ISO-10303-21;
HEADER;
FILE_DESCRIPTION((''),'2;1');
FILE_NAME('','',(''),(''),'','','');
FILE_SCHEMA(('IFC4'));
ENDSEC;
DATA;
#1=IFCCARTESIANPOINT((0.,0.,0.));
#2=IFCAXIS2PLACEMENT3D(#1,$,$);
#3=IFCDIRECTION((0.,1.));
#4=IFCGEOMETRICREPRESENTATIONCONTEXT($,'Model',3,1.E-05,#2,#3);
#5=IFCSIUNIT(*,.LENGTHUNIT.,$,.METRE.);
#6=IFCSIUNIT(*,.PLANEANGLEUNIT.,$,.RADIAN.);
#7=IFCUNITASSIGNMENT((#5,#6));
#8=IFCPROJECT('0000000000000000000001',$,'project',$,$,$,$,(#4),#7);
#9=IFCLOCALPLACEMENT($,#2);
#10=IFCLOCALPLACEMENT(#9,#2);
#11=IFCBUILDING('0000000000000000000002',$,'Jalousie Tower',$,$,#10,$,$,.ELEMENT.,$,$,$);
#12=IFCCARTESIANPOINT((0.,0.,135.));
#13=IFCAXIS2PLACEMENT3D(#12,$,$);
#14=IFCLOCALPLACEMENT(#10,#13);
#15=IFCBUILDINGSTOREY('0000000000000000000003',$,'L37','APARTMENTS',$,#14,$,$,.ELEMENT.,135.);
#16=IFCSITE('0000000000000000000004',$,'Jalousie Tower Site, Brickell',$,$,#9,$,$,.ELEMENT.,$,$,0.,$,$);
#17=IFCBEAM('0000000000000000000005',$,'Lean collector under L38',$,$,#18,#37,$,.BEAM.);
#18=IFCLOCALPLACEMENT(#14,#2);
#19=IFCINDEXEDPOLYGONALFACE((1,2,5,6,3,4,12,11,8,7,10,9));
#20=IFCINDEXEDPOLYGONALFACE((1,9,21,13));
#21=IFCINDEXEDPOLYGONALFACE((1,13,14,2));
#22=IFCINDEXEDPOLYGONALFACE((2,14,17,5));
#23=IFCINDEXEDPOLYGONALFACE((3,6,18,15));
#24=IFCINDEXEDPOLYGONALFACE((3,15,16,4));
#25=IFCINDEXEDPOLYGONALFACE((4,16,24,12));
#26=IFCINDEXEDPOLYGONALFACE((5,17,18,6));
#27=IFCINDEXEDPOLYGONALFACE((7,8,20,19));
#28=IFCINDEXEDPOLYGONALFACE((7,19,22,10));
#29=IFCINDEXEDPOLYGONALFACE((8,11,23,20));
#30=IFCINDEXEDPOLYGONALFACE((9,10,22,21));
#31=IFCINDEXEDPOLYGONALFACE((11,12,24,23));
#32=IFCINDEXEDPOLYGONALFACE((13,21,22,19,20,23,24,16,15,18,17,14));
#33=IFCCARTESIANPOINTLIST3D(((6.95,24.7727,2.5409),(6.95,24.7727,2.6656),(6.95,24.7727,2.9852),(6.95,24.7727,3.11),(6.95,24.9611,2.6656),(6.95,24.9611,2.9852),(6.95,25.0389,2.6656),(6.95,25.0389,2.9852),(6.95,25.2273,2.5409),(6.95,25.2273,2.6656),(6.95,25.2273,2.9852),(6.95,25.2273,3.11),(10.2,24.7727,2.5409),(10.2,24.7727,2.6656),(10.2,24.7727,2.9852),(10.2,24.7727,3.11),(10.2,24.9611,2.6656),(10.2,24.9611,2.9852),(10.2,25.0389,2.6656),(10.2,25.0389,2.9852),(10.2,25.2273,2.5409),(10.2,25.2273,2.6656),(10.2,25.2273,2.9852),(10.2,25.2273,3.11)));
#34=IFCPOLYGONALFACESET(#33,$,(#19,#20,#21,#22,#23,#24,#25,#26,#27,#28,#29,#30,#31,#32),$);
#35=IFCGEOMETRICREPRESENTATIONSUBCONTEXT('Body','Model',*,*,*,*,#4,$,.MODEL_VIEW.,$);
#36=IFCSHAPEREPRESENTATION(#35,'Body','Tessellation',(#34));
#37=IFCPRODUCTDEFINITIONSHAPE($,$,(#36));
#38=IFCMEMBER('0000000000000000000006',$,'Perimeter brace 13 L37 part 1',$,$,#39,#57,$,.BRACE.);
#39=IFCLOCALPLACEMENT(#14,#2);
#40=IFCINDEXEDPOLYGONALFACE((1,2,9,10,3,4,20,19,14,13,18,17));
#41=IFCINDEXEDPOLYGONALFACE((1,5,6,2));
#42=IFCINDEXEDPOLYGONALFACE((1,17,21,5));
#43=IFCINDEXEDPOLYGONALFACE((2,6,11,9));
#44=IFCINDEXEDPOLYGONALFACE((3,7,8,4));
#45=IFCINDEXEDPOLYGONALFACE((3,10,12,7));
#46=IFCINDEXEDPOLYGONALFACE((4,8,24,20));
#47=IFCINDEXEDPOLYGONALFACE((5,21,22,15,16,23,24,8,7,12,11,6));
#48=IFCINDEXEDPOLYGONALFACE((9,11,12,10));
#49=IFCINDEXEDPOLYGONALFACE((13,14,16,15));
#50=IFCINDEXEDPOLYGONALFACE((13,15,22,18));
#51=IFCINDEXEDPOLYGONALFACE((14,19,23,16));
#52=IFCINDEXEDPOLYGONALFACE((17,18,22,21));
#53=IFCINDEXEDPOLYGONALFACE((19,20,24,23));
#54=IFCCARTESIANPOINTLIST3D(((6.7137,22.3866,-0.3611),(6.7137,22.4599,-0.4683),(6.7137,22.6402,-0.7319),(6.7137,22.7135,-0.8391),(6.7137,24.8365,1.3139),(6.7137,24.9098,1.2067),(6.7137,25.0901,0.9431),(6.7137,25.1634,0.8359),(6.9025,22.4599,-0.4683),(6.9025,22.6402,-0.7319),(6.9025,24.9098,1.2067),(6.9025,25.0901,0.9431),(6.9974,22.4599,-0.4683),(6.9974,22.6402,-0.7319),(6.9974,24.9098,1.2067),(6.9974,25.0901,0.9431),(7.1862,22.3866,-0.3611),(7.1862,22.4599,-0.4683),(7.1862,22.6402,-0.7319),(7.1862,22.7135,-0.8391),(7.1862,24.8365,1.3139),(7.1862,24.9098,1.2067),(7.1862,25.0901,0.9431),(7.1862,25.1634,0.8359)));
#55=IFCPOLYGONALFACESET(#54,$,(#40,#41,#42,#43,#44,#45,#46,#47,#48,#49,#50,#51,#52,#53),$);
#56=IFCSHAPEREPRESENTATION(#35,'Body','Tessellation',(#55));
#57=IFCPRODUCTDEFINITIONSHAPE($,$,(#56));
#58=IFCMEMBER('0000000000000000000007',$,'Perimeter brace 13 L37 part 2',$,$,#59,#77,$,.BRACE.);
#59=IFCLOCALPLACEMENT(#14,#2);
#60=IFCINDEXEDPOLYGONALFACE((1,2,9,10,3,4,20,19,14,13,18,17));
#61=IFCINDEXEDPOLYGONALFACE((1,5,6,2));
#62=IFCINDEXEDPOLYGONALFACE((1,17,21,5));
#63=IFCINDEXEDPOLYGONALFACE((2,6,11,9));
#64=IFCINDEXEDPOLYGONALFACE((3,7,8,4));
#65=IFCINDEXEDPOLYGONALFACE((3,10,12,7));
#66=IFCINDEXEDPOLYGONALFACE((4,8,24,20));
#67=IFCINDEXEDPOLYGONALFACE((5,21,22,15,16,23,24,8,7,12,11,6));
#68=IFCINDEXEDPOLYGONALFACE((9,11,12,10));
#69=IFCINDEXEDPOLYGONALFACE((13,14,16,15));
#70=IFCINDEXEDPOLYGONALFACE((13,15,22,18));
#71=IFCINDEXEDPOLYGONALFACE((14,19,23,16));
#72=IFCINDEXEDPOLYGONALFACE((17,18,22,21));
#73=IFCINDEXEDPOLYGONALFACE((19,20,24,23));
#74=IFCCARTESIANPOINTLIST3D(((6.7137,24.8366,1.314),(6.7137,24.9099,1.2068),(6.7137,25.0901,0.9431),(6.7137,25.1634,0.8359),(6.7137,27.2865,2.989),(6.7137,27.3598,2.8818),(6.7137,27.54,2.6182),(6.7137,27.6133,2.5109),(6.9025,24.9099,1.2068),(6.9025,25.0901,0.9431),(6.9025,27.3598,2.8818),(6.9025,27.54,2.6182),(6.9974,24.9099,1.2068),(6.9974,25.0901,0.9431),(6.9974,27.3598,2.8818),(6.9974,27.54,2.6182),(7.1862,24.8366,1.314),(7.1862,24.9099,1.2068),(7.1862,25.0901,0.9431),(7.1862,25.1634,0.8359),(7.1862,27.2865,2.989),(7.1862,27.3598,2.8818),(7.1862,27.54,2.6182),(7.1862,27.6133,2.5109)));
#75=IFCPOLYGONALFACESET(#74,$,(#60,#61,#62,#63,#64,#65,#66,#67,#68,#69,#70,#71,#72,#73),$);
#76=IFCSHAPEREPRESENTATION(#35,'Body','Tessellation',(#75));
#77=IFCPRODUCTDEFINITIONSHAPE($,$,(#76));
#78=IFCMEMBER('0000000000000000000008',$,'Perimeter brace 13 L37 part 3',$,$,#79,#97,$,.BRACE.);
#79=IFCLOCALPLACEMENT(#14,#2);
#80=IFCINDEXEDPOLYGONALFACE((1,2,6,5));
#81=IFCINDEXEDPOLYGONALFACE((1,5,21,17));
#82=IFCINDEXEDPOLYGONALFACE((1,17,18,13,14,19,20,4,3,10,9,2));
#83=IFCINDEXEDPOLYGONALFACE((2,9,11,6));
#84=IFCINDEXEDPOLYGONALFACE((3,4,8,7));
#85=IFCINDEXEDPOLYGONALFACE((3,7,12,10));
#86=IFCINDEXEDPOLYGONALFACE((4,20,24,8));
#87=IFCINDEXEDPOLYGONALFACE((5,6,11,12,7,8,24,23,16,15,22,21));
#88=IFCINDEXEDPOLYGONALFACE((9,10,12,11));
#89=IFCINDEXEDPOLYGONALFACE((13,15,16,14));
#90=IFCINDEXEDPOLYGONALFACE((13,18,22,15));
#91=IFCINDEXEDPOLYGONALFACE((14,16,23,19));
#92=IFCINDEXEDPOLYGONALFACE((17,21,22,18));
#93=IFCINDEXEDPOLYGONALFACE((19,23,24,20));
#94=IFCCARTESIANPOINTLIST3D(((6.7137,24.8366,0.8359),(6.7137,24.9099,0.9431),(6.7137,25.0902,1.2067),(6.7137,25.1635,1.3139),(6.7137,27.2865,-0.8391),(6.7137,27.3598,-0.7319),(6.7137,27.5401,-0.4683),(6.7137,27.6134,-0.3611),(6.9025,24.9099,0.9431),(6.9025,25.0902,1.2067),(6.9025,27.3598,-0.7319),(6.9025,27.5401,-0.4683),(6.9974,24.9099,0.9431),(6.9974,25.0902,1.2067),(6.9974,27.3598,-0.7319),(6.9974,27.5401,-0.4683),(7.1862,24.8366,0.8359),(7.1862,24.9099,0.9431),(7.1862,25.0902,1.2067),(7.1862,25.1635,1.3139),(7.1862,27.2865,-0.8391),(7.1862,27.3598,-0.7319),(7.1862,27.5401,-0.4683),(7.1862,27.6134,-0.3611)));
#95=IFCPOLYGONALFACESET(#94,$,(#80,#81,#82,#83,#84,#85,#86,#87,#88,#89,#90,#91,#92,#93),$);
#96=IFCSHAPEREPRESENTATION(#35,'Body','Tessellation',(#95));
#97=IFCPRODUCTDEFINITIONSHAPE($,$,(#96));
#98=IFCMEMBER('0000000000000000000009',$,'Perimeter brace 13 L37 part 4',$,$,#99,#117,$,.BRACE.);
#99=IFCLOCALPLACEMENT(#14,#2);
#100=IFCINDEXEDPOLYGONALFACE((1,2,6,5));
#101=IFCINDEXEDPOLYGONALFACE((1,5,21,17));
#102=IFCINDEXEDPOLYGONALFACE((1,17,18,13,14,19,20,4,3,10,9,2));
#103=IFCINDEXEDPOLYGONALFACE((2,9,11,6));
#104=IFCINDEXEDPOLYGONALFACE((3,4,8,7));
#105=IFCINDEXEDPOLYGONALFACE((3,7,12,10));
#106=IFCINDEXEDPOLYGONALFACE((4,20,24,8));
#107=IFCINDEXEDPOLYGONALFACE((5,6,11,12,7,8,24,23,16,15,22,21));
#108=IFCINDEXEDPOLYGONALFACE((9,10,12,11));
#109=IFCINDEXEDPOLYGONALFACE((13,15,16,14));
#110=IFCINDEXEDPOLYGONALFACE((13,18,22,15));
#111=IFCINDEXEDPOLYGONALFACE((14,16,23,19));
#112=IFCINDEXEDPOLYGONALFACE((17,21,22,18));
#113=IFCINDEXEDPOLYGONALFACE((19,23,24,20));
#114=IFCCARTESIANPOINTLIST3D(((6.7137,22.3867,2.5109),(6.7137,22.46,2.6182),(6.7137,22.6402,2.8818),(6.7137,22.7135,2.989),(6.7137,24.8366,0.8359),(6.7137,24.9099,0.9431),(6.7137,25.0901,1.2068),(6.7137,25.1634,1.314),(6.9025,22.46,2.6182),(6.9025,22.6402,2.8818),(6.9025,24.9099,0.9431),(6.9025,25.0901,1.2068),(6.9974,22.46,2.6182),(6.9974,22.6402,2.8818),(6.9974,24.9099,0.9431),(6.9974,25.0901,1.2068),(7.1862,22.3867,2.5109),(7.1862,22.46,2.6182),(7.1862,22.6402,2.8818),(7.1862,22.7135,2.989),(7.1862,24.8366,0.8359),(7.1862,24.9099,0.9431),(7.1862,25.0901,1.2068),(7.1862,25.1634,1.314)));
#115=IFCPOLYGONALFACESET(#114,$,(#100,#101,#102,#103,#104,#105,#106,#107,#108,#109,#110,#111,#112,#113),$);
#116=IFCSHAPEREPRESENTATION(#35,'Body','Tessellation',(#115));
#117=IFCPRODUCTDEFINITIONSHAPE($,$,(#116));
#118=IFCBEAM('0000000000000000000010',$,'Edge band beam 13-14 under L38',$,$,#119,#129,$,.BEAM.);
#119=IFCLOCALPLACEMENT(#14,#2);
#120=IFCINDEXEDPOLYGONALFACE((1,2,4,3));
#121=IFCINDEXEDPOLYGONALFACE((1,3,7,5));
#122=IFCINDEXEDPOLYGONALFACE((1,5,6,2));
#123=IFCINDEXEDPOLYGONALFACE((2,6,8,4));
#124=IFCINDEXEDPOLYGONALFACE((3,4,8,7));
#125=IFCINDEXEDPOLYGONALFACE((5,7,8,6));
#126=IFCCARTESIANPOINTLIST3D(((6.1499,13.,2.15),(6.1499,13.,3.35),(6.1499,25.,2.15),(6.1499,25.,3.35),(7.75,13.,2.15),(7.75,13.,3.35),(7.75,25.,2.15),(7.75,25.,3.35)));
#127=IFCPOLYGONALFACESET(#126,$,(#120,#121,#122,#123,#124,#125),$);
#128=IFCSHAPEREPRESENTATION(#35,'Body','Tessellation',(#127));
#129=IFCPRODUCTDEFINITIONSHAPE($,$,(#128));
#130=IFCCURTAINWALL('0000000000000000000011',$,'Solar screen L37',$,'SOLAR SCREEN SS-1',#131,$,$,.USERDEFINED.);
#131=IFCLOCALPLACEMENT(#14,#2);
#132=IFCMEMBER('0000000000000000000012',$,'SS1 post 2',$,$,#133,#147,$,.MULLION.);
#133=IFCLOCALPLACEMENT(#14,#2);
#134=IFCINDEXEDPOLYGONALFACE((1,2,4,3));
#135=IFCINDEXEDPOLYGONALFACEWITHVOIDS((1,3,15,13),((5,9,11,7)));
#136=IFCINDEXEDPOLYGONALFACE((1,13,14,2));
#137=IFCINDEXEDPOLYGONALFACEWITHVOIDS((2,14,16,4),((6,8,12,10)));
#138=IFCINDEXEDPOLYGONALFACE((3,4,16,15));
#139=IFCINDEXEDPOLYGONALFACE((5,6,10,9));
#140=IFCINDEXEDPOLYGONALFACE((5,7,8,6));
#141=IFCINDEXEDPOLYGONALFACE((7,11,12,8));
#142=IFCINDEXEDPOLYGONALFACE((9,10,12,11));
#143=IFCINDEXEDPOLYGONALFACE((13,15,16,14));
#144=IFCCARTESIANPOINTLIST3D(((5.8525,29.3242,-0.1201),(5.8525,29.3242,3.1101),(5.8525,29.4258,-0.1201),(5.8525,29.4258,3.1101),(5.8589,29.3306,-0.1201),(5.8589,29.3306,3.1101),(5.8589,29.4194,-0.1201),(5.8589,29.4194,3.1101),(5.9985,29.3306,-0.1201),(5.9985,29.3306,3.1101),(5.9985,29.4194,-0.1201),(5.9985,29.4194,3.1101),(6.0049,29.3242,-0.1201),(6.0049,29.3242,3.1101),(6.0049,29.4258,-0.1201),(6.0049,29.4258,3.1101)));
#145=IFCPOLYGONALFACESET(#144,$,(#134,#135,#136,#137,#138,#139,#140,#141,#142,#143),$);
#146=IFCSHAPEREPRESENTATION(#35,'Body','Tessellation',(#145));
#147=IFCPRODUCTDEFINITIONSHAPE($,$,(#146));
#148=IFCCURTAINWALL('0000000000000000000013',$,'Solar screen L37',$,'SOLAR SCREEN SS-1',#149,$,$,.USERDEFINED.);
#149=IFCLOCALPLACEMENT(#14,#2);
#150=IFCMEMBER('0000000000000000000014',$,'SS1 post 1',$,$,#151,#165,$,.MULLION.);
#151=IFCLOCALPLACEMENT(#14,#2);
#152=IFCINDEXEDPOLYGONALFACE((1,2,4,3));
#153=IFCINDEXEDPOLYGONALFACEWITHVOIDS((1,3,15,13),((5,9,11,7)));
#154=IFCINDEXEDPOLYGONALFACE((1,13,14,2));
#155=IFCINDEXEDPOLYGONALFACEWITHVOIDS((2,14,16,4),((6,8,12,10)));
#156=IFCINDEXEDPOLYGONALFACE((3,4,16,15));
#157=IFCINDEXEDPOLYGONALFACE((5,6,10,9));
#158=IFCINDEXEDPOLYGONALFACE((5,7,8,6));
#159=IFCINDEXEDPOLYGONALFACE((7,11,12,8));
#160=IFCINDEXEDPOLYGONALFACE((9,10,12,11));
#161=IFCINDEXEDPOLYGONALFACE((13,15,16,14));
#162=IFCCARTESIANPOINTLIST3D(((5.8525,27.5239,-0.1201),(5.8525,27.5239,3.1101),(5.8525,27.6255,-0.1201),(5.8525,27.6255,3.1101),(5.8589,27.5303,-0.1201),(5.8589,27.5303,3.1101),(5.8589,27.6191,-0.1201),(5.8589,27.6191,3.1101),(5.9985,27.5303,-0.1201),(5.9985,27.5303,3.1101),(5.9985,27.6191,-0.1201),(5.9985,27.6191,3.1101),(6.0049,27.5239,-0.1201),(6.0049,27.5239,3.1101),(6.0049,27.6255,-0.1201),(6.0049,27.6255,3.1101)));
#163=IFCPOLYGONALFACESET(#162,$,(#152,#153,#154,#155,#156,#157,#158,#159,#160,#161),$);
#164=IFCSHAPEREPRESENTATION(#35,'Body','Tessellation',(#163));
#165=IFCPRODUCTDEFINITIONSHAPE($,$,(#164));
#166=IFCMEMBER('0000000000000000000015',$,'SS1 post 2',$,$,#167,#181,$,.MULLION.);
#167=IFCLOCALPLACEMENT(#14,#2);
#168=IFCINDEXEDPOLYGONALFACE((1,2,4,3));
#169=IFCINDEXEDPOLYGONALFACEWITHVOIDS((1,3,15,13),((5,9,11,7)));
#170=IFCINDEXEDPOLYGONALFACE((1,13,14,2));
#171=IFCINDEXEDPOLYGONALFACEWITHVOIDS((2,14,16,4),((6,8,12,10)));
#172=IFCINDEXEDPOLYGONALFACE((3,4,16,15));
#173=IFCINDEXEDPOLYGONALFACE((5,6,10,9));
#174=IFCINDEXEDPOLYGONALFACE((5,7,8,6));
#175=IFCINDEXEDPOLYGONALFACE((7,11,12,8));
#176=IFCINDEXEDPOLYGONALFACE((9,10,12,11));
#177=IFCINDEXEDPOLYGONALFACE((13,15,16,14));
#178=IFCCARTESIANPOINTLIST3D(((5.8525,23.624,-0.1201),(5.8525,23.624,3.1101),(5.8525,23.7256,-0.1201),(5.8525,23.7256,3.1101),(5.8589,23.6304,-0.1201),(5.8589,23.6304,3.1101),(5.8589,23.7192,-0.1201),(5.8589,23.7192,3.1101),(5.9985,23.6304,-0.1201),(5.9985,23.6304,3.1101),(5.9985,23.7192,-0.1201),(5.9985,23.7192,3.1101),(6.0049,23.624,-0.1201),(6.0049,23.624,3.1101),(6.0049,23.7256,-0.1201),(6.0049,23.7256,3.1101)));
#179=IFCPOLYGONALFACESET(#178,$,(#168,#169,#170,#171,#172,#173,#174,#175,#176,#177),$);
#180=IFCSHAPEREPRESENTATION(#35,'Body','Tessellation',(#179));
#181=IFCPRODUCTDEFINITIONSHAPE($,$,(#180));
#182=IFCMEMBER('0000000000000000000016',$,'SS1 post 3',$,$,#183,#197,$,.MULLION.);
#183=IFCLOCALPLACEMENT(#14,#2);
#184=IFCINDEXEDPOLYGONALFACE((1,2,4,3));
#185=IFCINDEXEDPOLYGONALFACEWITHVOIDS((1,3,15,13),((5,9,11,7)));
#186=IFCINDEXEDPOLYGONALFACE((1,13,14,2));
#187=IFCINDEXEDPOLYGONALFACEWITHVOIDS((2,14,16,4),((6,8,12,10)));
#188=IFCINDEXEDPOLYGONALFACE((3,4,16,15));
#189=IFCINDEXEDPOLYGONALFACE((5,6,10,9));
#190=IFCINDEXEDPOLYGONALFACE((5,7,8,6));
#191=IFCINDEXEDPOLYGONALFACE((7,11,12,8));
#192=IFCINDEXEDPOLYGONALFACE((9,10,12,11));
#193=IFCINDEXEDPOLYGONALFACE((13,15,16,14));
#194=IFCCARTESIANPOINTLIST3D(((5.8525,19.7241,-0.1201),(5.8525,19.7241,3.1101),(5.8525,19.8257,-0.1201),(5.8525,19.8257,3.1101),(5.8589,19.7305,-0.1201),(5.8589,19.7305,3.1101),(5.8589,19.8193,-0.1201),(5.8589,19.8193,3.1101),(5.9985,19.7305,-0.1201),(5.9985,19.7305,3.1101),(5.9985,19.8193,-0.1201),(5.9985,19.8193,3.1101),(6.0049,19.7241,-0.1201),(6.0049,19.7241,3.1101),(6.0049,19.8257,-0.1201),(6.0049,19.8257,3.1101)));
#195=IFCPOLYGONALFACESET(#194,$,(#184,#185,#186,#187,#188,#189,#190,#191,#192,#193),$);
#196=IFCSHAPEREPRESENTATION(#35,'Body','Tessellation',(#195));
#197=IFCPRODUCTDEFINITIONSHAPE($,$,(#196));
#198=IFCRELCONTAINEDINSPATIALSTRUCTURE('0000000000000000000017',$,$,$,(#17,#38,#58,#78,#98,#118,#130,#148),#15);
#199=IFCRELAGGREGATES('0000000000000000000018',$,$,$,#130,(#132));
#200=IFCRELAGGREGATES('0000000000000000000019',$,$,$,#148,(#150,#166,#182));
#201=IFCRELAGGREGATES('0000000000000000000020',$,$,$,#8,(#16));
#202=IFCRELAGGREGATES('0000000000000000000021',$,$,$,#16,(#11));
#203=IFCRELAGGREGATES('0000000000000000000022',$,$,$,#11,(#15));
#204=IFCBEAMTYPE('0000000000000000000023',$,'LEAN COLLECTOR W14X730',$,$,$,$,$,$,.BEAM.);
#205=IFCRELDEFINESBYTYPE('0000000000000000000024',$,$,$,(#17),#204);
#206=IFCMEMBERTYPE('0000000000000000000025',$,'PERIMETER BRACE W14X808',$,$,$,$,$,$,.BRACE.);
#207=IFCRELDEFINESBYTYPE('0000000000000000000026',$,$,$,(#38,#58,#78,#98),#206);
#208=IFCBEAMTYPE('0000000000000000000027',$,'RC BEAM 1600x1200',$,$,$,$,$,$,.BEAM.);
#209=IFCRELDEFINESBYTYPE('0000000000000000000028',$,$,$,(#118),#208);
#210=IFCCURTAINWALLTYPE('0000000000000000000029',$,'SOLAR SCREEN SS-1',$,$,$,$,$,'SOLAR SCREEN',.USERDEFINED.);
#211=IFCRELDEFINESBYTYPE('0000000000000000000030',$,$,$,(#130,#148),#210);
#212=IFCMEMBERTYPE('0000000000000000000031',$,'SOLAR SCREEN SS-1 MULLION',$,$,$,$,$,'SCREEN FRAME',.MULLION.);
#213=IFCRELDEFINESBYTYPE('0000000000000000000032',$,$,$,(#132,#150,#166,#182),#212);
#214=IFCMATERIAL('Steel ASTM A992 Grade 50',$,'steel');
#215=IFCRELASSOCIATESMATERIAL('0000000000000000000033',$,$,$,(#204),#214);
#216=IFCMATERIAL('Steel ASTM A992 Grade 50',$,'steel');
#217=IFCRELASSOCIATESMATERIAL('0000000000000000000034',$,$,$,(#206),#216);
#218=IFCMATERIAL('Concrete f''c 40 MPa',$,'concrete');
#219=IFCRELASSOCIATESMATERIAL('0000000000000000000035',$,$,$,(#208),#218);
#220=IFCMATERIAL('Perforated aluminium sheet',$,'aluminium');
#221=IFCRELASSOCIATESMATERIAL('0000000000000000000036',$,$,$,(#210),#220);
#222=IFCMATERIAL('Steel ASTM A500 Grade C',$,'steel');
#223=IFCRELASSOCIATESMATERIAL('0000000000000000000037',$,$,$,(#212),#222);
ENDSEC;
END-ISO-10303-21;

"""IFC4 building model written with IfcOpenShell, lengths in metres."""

from ifc_helpers import new_model, si_unit, direction, frame, origin, origin_2d, place, context, subcontext, project, spatial, rectangle, hollow_rectangle, i_section, extrude, material, material_profile, profile_set, type_object, element, aggregate, save


model = new_model("IFC4")

# Units and contexts
model_context = context("Model", 3, precision=1e-05, world=origin(), true_north=direction((0.0, 1.0)))
body_context = subcontext(model_context, "Body", "Model", "MODEL_VIEW")
ifc_project = project(units=[si_unit("LENGTHUNIT", "METRE"), si_unit("PLANEANGLEUNIT", "RADIAN")], contexts=[model_context])

# Site, building, storey
site_placement = place(None, origin())
site = spatial("IfcSite", under=ifc_project, at=site_placement, Name="Jalousie Tower Site, Brickell", CompositionType="ELEMENT", RefElevation=0.0)
building_placement = place(site_placement, origin())
building = spatial("IfcBuilding", under=site, at=building_placement, Name="Jalousie Tower", CompositionType="ELEMENT")
storey_placement = place(building_placement, frame((0.0, 0.0, 135.0)))
storey = spatial("IfcBuildingStorey", under=building, at=storey_placement, Name="L37", Description="APARTMENTS", CompositionType="ELEMENT", Elevation=135.0)

# Beam
ifc_material_1 = material(Name="Steel ASTM A992 Grade 50", Category="steel")
ifc_material_profile_1 = material_profile(ifc_material_1, i_section(OverallWidth=0.4546, OverallDepth=0.5691, WebThickness=0.0779, FlangeThickness=0.1248, at=origin_2d()), Name="W14X730")
ifc_profile_set_1 = profile_set([ifc_material_profile_1], Name="Steel ASTM A992 Grade 50")
beam_type_1 = type_object("IfcBeamType", Name="LEAN COLLECTOR W14X730", PredefinedType="BEAM", material=ifc_profile_set_1)
beam_1_placement = place(storey_placement, frame((6.95, 25.0, 2.8254), z_axis=(1.0, 0.0, 0.0), x_axis=(0.0, 1.0, 0.0)))
element("IfcBeam", 1, at=beam_1_placement, inside=storey, type_object=beam_type_1, Name="Lean collector under L38", PredefinedType="BEAM", context=body_context, shape_type="SweptSolid", body=[
    extrude(i_section(OverallWidth=0.4546, OverallDepth=0.5691, WebThickness=0.0779, FlangeThickness=0.1248, at=origin_2d()), origin(), (0.0, 0.0, 1.0), 3.25),
])

# Members
ifc_material_2 = material(Name="Steel ASTM A992 Grade 50", Category="steel")
ifc_material_profile_2 = material_profile(ifc_material_2, i_section(OverallWidth=0.4724, OverallDepth=0.5791, WebThickness=0.095, FlangeThickness=0.1299, at=origin_2d()), Name="W14X808")
ifc_profile_set_2 = profile_set([ifc_material_profile_2], Name="Steel ASTM A992 Grade 50")
member_type_1 = type_object("IfcMemberType", Name="PERIMETER BRACE W14X808", PredefinedType="BRACE", material=ifc_profile_set_2)
for number, where, z_axis, x_axis, name in (
    (2, (6.95, 22.55, -0.6001), (0.0, 0.825501, 0.564401), (-1.0, 0.0, 0.0), "Perimeter brace 13 L37 part 1"),
    (3, (6.95, 25.0, 1.075), (0.0, 0.825501, 0.564401), (-1.0, 0.0, 0.0), "Perimeter brace 13 L37 part 2"),
    (4, (6.95, 27.45, -0.6001), (0.0, -0.825501, 0.564401), (1.0, 0.0, 0.0), "Perimeter brace 13 L37 part 3"),
    (5, (6.95, 25.0, 1.075), (0.0, -0.825501, 0.564401), (1.0, 0.0, 0.0), "Perimeter brace 13 L37 part 4"),
):
    element("IfcMember", number, at=place(storey_placement, frame(where, z_axis=z_axis, x_axis=x_axis)), inside=storey, type_object=member_type_1, Name=name, PredefinedType="BRACE", context=body_context, shape_type="SweptSolid", body=[
        extrude(i_section(OverallWidth=0.4724, OverallDepth=0.5791, WebThickness=0.095, FlangeThickness=0.1299, at=origin_2d()), origin(), (0.0, 0.0, 1.0), 2.9678),
    ])

# Beam
ifc_material_3 = material(Name="Concrete f'c 40 MPa", Category="concrete")
ifc_material_profile_3 = material_profile(ifc_material_3, rectangle(XDim=1.6001, YDim=1.2, at=origin_2d()), Name="RC 1600x1200")
ifc_profile_set_3 = profile_set([ifc_material_profile_3], Name="Concrete f'c 40 MPa")
beam_type_2 = type_object("IfcBeamType", Name="RC BEAM 1600x1200", PredefinedType="BEAM", material=ifc_profile_set_3)
beam_2_placement = place(storey_placement, frame((6.95, 25.0, 2.75), z_axis=(0.0, -1.0, 0.0), x_axis=(1.0, 0.0, 0.0)))
element("IfcBeam", 6, at=beam_2_placement, inside=storey, type_object=beam_type_2, Name="Edge band beam 13-14 under L38", PredefinedType="BEAM", context=body_context, shape_type="SweptSolid", body=[
    extrude(rectangle(XDim=1.6001, YDim=1.2, at=origin_2d()), origin(), (0.0, 0.0, 1.0), 12.0),
])

# Curtain wall, member
ifc_material_4 = material(Name="Perforated aluminium sheet", Category="aluminium")
curtain_wall_type = type_object("IfcCurtainWallType", Name="SOLAR SCREEN SS-1", ElementType="SOLAR SCREEN", PredefinedType="USERDEFINED", material=ifc_material_4)
curtain_wall_1_placement = place(storey_placement, origin())
curtain_wall_1 = element("IfcCurtainWall", 7, at=curtain_wall_1_placement, inside=storey, type_object=curtain_wall_type, Name="Solar screen L37", ObjectType="SOLAR SCREEN SS-1", PredefinedType="USERDEFINED")
ifc_material_5 = material(Name="Steel ASTM A500 Grade C", Category="steel")
ifc_material_profile_4 = material_profile(ifc_material_5, hollow_rectangle(XDim=0.1016, YDim=0.1523, WallThickness=0.0063, at=origin_2d()), Name="HSS6X4X1/4")
ifc_profile_set_4 = profile_set([ifc_material_profile_4], Name="Steel ASTM A500 Grade C")
member_type_2 = type_object("IfcMemberType", Name="SOLAR SCREEN SS-1 MULLION", ElementType="SCREEN FRAME", PredefinedType="MULLION", material=ifc_profile_set_4)
member_1_placement = place(storey_placement, frame((5.9287, 29.375, -0.1201), z_axis=(0.0, 0.0, 1.0), x_axis=(0.0, -1.0, 0.0)))
member_1 = element("IfcMember", 8, at=member_1_placement, type_object=member_type_2, Name="SS1 post 2", PredefinedType="MULLION", context=body_context, shape_type="SweptSolid", body=[
    extrude(hollow_rectangle(XDim=0.1016, YDim=0.1523, WallThickness=0.0063, at=origin_2d()), origin(), (0.0, 0.0, 1.0), 3.2302),
])

# Curtain wall, members
curtain_wall_2_placement = place(storey_placement, origin())
curtain_wall_2 = element("IfcCurtainWall", 9, at=curtain_wall_2_placement, inside=storey, type_object=curtain_wall_type, Name="Solar screen L37", ObjectType="SOLAR SCREEN SS-1", PredefinedType="USERDEFINED")
member_2_placement = place(storey_placement, frame((5.9287, 27.5747, -0.1201), z_axis=(0.0, 0.0, 1.0), x_axis=(0.0, -1.0, 0.0)))
member_2 = element("IfcMember", 10, at=member_2_placement, type_object=member_type_2, Name="SS1 post 1", PredefinedType="MULLION", context=body_context, shape_type="SweptSolid", body=[
    extrude(hollow_rectangle(XDim=0.1016, YDim=0.1523, WallThickness=0.0063, at=origin_2d()), origin(), (0.0, 0.0, 1.0), 3.2302),
])
member_3_placement = place(storey_placement, frame((5.9287, 23.6748, -0.1201), z_axis=(0.0, 0.0, 1.0), x_axis=(0.0, -1.0, 0.0)))
member_3 = element("IfcMember", 11, at=member_3_placement, type_object=member_type_2, Name="SS1 post 2", PredefinedType="MULLION", context=body_context, shape_type="SweptSolid", body=[
    extrude(hollow_rectangle(XDim=0.1016, YDim=0.1523, WallThickness=0.0063, at=origin_2d()), origin(), (0.0, 0.0, 1.0), 3.2302),
])
member_4_placement = place(storey_placement, frame((5.9287, 19.7749, -0.1201), z_axis=(0.0, 0.0, 1.0), x_axis=(0.0, -1.0, 0.0)))
member_4 = element("IfcMember", 12, at=member_4_placement, type_object=member_type_2, Name="SS1 post 3", PredefinedType="MULLION", context=body_context, shape_type="SweptSolid", body=[
    extrude(hollow_rectangle(XDim=0.1016, YDim=0.1523, WallThickness=0.0063, at=origin_2d()), origin(), (0.0, 0.0, 1.0), 3.2302),
])

aggregate(curtain_wall_1, [member_1])
aggregate(curtain_wall_2, [member_2, member_3, member_4])

save(model, "model.ifc")
